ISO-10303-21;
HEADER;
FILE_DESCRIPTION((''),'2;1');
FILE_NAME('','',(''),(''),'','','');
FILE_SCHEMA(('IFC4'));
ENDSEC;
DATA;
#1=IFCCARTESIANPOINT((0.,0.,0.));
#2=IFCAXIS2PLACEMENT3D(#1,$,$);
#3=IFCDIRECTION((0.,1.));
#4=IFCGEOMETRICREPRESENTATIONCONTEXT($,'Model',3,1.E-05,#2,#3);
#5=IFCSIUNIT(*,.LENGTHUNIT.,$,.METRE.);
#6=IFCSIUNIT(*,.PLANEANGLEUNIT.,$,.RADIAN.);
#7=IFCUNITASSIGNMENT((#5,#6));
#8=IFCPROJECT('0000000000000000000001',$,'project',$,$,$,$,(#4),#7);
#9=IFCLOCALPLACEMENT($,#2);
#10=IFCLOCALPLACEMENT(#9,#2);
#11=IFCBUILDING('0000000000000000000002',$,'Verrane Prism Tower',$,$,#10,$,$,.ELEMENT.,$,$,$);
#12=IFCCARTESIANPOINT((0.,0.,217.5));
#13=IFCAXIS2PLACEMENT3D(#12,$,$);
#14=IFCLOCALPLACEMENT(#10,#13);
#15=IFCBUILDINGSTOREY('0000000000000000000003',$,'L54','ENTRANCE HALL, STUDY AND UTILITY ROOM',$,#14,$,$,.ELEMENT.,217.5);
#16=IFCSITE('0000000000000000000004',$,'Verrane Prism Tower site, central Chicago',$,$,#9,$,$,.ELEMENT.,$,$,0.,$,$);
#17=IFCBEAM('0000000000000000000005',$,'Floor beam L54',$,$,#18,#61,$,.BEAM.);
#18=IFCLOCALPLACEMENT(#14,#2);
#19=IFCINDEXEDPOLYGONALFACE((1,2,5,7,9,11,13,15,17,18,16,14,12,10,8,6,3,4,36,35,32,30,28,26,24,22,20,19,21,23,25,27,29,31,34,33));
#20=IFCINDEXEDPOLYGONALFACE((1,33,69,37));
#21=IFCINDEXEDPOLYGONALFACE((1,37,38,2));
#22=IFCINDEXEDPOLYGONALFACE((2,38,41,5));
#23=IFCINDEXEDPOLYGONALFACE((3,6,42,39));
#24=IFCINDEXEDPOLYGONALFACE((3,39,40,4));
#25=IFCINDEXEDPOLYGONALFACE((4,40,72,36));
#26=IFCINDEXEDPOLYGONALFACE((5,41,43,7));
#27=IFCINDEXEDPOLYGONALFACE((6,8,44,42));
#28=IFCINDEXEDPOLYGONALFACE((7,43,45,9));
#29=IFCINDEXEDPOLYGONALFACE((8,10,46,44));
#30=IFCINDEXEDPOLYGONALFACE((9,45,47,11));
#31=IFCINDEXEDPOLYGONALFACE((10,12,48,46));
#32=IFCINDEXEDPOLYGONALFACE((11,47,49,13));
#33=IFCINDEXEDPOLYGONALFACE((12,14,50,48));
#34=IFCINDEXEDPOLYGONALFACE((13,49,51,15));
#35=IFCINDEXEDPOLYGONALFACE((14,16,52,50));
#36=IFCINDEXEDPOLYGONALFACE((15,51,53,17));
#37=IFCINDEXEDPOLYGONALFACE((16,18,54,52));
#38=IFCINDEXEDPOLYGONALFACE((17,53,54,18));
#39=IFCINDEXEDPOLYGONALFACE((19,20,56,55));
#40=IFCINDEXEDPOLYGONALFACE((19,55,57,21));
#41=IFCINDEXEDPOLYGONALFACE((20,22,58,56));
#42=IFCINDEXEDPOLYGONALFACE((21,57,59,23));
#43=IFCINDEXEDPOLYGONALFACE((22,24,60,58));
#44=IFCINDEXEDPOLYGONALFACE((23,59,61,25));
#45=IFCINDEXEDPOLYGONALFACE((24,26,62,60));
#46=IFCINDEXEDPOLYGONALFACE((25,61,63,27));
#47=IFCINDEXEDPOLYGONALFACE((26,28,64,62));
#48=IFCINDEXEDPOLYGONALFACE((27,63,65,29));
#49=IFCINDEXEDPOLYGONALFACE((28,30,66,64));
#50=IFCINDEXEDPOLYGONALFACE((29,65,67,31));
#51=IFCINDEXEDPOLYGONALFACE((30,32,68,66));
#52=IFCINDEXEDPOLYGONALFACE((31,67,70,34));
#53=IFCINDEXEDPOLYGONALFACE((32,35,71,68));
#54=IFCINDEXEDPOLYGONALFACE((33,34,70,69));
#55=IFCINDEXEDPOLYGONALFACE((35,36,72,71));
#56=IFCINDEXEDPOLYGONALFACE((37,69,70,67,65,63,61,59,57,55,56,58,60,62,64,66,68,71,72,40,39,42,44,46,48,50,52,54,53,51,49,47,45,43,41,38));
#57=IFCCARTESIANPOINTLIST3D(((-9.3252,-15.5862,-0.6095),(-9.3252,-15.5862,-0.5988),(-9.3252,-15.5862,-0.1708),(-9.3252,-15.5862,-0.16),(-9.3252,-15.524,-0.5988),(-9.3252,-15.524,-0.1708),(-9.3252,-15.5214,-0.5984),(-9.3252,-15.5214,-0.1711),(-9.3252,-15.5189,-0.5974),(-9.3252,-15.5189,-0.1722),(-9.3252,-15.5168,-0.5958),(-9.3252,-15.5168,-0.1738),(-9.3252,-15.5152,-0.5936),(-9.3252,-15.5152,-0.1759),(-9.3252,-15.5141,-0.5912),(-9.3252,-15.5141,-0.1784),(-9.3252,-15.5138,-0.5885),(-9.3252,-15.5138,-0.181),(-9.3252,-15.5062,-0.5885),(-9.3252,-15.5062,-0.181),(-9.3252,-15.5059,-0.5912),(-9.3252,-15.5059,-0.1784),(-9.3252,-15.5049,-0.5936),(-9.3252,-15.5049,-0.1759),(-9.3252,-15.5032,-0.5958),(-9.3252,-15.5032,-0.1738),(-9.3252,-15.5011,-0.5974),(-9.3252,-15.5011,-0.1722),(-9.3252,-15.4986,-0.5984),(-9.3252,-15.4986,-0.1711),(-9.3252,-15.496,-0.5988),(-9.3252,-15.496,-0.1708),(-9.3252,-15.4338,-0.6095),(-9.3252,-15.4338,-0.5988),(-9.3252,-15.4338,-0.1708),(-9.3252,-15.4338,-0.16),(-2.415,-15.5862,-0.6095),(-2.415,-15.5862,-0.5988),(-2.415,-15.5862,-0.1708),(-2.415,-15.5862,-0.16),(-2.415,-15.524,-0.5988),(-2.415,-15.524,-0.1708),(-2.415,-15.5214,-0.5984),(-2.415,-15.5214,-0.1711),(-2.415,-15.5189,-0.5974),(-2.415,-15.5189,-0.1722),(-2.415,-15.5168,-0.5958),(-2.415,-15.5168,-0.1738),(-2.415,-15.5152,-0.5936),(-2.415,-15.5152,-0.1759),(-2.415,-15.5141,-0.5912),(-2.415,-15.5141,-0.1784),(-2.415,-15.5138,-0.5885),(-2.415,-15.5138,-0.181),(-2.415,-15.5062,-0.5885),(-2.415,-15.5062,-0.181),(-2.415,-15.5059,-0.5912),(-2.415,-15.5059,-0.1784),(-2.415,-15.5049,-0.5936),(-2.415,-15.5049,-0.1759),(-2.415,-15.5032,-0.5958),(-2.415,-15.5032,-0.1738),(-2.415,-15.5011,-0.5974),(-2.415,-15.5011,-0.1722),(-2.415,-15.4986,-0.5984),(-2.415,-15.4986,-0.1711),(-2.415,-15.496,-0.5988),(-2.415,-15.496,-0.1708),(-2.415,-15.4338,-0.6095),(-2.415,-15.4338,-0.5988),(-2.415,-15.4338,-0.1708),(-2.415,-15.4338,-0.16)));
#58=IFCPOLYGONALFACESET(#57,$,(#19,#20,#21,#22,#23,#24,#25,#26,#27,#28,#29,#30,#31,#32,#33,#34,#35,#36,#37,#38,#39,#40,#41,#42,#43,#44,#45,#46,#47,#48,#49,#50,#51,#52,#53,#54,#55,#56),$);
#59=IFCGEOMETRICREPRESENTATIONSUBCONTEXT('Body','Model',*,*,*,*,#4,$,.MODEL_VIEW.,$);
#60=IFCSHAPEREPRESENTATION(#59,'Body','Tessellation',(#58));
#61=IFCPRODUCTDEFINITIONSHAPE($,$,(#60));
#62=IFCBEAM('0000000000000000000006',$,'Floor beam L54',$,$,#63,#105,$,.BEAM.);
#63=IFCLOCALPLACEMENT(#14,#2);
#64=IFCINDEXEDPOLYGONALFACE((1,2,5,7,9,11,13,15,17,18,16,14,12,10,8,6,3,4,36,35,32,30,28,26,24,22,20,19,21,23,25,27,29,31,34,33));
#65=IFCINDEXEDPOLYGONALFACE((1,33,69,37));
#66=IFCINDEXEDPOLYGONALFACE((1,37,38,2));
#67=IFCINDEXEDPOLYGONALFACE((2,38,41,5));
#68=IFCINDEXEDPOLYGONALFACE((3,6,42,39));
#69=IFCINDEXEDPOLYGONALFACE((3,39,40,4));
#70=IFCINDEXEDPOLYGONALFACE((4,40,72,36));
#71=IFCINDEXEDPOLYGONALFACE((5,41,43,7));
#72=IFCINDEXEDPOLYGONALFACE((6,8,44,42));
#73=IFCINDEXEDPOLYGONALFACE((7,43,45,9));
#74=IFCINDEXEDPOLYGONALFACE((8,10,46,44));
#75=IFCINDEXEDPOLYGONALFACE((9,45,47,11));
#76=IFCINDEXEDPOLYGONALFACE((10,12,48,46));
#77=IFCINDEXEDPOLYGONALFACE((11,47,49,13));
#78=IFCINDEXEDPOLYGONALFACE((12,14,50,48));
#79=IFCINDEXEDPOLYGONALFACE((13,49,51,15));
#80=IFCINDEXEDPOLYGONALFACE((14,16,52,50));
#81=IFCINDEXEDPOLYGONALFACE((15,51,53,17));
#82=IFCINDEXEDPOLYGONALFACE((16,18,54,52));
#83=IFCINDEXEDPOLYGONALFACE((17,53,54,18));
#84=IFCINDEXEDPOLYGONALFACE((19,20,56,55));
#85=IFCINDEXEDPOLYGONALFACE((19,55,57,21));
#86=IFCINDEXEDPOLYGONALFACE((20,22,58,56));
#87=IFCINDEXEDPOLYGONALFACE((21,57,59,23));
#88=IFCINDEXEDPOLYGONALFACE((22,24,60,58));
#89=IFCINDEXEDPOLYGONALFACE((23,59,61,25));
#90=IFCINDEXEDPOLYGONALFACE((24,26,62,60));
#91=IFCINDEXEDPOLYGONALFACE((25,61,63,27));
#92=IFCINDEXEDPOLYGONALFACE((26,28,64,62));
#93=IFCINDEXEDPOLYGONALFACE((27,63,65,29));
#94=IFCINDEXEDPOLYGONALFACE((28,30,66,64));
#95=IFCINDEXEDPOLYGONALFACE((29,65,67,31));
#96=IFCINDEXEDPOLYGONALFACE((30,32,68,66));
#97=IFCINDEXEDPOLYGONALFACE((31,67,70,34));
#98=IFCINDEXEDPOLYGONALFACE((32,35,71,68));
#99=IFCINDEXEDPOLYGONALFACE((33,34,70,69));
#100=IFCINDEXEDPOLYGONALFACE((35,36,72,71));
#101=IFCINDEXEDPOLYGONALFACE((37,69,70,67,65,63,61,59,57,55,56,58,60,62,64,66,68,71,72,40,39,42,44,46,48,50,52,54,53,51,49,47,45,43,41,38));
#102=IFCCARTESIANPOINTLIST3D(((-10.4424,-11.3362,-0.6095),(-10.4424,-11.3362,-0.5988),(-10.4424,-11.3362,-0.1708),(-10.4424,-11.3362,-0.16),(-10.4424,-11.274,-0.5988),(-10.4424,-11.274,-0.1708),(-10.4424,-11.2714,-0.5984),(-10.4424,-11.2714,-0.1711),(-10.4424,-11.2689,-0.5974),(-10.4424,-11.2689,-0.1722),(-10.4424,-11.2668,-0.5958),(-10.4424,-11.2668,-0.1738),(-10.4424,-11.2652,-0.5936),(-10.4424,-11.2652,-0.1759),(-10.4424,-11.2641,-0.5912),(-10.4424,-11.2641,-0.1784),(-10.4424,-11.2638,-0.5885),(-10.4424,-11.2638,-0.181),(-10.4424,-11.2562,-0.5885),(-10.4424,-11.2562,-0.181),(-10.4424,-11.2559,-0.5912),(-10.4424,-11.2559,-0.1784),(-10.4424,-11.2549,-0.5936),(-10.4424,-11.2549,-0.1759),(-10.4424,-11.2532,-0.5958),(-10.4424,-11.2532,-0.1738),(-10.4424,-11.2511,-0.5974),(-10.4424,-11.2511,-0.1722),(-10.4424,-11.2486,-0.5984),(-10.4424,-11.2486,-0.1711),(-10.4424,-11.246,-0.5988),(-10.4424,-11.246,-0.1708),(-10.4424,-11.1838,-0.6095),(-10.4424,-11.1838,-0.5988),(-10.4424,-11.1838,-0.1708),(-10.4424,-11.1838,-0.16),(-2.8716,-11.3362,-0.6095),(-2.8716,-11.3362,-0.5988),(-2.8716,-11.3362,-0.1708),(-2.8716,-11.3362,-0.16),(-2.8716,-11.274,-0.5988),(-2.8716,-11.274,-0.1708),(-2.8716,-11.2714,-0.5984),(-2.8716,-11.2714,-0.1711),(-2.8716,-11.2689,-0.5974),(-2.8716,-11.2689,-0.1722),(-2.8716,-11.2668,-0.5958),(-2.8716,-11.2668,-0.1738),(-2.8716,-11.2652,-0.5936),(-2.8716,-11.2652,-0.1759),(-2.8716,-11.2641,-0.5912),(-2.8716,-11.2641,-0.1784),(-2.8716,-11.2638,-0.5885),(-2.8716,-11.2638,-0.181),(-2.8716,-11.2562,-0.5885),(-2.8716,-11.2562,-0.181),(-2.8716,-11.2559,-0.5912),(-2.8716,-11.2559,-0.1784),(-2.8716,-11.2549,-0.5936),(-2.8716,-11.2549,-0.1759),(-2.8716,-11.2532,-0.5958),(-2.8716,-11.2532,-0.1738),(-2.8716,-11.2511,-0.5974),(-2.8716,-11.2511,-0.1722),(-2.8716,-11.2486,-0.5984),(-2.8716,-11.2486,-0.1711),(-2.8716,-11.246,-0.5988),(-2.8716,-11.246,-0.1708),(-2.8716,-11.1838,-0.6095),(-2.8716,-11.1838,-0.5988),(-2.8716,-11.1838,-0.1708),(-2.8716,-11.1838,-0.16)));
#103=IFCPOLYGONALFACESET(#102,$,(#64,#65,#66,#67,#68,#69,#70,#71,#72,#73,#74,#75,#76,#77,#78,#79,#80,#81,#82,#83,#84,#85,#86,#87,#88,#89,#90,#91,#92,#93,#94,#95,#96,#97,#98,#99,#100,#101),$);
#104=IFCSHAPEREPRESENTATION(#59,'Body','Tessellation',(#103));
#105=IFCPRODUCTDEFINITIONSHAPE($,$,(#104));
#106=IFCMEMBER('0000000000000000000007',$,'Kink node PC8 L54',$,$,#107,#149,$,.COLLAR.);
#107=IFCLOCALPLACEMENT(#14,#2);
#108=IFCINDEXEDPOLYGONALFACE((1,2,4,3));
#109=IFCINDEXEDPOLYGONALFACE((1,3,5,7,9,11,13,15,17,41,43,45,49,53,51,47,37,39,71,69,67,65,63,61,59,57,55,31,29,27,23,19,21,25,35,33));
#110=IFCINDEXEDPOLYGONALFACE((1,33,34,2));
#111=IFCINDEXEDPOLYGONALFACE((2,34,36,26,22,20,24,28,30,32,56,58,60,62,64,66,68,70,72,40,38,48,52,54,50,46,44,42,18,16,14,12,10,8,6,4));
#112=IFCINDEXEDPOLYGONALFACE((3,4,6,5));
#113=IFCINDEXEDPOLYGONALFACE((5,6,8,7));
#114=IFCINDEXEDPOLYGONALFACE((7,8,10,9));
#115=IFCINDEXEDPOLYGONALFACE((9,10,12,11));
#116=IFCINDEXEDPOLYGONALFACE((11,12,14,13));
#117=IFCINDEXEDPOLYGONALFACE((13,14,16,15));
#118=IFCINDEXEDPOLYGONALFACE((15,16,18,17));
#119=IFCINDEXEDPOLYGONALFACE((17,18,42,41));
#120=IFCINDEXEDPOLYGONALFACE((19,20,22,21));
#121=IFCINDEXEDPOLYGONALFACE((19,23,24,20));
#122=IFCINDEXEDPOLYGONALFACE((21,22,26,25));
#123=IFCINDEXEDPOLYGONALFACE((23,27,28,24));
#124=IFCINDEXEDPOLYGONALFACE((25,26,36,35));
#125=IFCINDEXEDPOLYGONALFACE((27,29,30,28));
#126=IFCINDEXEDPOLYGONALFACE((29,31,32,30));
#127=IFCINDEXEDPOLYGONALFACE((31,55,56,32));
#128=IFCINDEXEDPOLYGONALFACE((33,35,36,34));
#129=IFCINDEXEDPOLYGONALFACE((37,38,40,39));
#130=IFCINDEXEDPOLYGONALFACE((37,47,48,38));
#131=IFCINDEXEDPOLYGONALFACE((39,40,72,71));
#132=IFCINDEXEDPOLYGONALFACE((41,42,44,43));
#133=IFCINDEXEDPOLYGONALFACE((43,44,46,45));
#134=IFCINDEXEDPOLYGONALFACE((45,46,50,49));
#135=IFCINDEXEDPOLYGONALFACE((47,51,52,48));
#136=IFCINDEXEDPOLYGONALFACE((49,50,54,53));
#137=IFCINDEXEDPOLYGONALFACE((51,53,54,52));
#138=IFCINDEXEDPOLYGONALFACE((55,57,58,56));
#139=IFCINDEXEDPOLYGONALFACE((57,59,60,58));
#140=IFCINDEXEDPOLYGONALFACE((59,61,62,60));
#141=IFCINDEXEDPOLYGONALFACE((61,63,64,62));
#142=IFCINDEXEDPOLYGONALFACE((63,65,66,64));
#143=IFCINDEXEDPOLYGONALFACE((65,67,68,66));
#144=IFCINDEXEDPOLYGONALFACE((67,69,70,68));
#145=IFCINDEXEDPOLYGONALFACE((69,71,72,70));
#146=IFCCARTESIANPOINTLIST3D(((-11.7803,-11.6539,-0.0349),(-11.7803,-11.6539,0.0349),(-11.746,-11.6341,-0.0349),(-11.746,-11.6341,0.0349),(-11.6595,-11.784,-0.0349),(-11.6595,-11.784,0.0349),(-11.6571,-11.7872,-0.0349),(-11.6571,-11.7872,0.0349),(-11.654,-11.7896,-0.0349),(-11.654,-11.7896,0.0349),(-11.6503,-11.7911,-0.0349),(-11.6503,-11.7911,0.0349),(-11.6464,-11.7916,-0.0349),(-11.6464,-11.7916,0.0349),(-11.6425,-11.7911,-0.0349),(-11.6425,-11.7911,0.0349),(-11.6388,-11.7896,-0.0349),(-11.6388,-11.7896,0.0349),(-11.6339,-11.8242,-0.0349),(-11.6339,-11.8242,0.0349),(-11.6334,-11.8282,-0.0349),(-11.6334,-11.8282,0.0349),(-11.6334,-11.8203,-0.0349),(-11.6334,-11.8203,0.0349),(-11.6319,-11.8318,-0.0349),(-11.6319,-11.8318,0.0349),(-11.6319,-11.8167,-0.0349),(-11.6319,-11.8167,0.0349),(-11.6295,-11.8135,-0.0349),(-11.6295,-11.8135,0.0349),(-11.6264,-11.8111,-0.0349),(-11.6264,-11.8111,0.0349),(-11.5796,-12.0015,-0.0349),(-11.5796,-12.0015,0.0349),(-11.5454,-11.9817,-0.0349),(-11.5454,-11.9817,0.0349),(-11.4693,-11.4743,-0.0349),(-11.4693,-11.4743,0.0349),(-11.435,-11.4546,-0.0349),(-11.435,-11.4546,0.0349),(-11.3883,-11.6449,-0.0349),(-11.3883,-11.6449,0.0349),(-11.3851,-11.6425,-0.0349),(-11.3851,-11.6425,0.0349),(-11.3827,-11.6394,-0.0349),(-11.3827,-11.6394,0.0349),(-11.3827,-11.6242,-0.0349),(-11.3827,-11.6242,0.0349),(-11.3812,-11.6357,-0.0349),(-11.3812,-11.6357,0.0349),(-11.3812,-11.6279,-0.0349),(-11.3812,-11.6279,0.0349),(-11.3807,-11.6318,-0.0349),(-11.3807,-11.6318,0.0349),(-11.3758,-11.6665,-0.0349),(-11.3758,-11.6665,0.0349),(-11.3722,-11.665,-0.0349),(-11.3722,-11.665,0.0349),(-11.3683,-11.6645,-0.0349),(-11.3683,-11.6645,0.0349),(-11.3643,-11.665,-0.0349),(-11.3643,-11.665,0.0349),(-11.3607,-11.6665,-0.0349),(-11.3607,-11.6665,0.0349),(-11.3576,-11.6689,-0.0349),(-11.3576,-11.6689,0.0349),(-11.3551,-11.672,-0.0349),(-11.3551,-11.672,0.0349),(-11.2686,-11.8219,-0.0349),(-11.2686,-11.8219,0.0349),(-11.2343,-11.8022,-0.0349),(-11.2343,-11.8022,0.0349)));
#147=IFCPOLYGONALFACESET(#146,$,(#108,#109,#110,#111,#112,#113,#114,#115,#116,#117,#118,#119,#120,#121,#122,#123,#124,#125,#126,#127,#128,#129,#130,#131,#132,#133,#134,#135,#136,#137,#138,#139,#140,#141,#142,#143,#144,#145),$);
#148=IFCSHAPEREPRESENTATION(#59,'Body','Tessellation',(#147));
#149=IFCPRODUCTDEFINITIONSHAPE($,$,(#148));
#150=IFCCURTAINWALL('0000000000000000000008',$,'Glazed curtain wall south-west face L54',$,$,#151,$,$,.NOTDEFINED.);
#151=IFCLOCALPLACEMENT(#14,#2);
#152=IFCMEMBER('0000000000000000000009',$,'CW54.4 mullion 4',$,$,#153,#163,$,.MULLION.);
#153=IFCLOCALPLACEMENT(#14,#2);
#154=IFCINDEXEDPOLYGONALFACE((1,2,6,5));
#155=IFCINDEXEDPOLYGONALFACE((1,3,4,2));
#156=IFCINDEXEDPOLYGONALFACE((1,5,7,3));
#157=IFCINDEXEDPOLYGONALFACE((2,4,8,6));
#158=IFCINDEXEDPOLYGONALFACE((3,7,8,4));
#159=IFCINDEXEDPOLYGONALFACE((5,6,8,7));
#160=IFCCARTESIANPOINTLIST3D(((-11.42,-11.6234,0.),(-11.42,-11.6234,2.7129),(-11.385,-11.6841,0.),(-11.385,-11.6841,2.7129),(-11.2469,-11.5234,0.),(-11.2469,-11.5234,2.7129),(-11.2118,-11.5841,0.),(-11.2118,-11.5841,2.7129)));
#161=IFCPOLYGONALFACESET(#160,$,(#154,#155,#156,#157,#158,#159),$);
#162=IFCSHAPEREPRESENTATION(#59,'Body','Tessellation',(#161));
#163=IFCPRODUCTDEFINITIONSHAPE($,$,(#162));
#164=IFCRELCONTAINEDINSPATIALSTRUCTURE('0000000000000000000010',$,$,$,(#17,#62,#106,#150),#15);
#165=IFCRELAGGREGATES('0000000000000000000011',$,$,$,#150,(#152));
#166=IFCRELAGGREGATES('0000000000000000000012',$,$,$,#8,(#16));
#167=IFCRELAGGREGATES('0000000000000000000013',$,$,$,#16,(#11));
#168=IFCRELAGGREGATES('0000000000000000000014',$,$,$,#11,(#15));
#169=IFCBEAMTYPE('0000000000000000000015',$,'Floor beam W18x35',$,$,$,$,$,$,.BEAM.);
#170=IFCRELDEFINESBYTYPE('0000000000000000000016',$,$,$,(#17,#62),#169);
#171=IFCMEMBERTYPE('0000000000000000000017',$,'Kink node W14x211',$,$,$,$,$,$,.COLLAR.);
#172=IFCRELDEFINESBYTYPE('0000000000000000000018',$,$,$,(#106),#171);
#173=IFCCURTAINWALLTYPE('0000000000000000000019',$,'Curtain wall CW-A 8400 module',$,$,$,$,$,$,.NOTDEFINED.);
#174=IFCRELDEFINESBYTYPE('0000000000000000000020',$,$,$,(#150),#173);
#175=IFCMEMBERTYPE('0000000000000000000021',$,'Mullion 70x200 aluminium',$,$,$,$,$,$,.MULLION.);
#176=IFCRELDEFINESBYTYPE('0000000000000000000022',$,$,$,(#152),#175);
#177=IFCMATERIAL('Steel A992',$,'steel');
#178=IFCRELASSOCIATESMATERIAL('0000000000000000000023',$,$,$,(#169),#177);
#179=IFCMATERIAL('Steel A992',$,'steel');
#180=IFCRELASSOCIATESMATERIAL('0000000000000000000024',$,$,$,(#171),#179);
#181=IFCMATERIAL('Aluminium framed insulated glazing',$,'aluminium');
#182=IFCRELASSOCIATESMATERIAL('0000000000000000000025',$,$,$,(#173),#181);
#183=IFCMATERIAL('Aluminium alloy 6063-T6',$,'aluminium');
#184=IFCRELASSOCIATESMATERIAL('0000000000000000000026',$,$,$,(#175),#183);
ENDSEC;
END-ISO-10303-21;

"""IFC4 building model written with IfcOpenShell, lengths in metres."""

from ifc_helpers import new_model, si_unit, direction, frame, origin, origin_2d, place, context, subcontext, project, spatial, rectangle, i_section, extrude, material, material_profile, profile_set, type_object, element, aggregate, save


model = new_model("IFC4")

# Units and contexts
model_context = context("Model", 3, precision=1e-05, world=origin(), true_north=direction((0.0, 1.0)))
body_context = subcontext(model_context, "Body", "Model", "MODEL_VIEW")
ifc_project = project(units=[si_unit("LENGTHUNIT", "METRE"), si_unit("PLANEANGLEUNIT", "RADIAN")], contexts=[model_context])

# Site, building, storey
site_placement = place(None, origin())
site = spatial("IfcSite", under=ifc_project, at=site_placement, Name="Verrane Prism Tower site, central Chicago", CompositionType="ELEMENT", RefElevation=0.0)
building_placement = place(site_placement, origin())
building = spatial("IfcBuilding", under=site, at=building_placement, Name="Verrane Prism Tower", CompositionType="ELEMENT")
storey_placement = place(building_placement, frame((0.0, 0.0, 217.5)))
storey = spatial("IfcBuildingStorey", under=building, at=storey_placement, Name="L54", Description="ENTRANCE HALL, STUDY AND UTILITY ROOM", CompositionType="ELEMENT", Elevation=217.5)

# Beams
ifc_material_1 = material(Name="Steel A992", Category="steel")
ifc_material_profile_1 = material_profile(ifc_material_1, i_section(OverallWidth=0.1523, OverallDepth=0.4495, WebThickness=0.0076, FlangeThickness=0.0107, FilletRadius=0.0103, at=origin_2d()), Name="W18x35")
ifc_profile_set_1 = profile_set([ifc_material_profile_1], Name="Steel A992")
beam_type_1 = type_object("IfcBeamType", Name="Floor beam W18x35", PredefinedType="BEAM", material=ifc_profile_set_1)
beam_1_placement = place(storey_placement, frame((-9.3252, -15.51, -0.3848), z_axis=(1.0, 0.0, 0.0), x_axis=(0.0, 1.0, 0.0)))
element("IfcBeam", 1, at=beam_1_placement, inside=storey, type_object=beam_type_1, Name="Floor beam L54", PredefinedType="BEAM", context=body_context, shape_type="SweptSolid", body=[
    extrude(i_section(OverallWidth=0.1523, OverallDepth=0.4495, WebThickness=0.0076, FlangeThickness=0.0107, FilletRadius=0.0103, at=origin_2d()), origin(), (0.0, 0.0, 1.0), 6.9102),
])
beam_2_placement = place(storey_placement, frame((-10.4424, -11.26, -0.3848), z_axis=(1.0, 0.0, 0.0), x_axis=(0.0, 1.0, 0.0)))
element("IfcBeam", 2, at=beam_2_placement, inside=storey, type_object=beam_type_1, Name="Floor beam L54", PredefinedType="BEAM", context=body_context, shape_type="SweptSolid", body=[
    extrude(i_section(OverallWidth=0.1523, OverallDepth=0.4495, WebThickness=0.0076, FlangeThickness=0.0107, FilletRadius=0.0103, at=origin_2d()), origin(), (0.0, 0.0, 1.0), 7.5708),
])

# Member
ifc_material_2 = material(Name="Steel A992", Category="steel")
ifc_material_profile_2 = material_profile(ifc_material_2, i_section(OverallWidth=0.4014, OverallDepth=0.3987, WebThickness=0.0249, FlangeThickness=0.0396, FilletRadius=0.0151, at=origin_2d()), Name="W14x211")
ifc_profile_set_2 = profile_set([ifc_material_profile_2], Name="Steel A992")
member_type_1 = type_object("IfcMemberType", Name="Kink node W14x211", PredefinedType="COLLAR", material=ifc_profile_set_2)
member_1_placement = place(storey_placement, frame((-11.5073, -11.728, -0.0349), z_axis=(0.0, 0.0, 1.0), x_axis=(-0.5, 0.866025, 0.0)))
element("IfcMember", 3, at=member_1_placement, inside=storey, type_object=member_type_1, Name="Kink node PC8 L54", PredefinedType="COLLAR", context=body_context, shape_type="SweptSolid", body=[
    extrude(i_section(OverallWidth=0.4014, OverallDepth=0.3987, WebThickness=0.0249, FlangeThickness=0.0396, FilletRadius=0.0151, at=origin_2d()), origin(), (0.0, 0.0, 1.0), 0.0698),
])

# Curtain wall, member
ifc_material_3 = material(Name="Aluminium framed insulated glazing", Category="aluminium")
curtain_wall_type = type_object("IfcCurtainWallType", Name="Curtain wall CW-A 8400 module", PredefinedType="NOTDEFINED", material=ifc_material_3)
curtain_wall_placement = place(storey_placement, origin())
curtain_wall = element("IfcCurtainWall", 4, at=curtain_wall_placement, inside=storey, type_object=curtain_wall_type, Name="Glazed curtain wall south-west face L54", PredefinedType="NOTDEFINED")
ifc_material_4 = material(Name="Aluminium alloy 6063-T6", Category="aluminium")
ifc_material_profile_3 = material_profile(ifc_material_4, rectangle(XDim=0.2, YDim=0.0701, at=origin_2d()), Name="Mullion 70x200 aluminium")
ifc_profile_set_3 = profile_set([ifc_material_profile_3], Name="Aluminium alloy 6063-T6")
member_type_2 = type_object("IfcMemberType", Name="Mullion 70x200 aluminium", PredefinedType="MULLION", material=ifc_profile_set_3)
member_2_placement = place(storey_placement, frame((-11.3159, -11.6038, 0.0), z_axis=(0.0, 0.0, 1.0), x_axis=(0.866025, 0.500001, 0.0)))
member_2 = element("IfcMember", 5, at=member_2_placement, type_object=member_type_2, Name="CW54.4 mullion 4", PredefinedType="MULLION", context=body_context, shape_type="SweptSolid", body=[
    extrude(rectangle(XDim=0.2, YDim=0.0701, at=origin_2d()), origin(), (0.0, 0.0, 1.0), 2.7129),
])

aggregate(curtain_wall, [member_2])

save(model, "model.ifc")
